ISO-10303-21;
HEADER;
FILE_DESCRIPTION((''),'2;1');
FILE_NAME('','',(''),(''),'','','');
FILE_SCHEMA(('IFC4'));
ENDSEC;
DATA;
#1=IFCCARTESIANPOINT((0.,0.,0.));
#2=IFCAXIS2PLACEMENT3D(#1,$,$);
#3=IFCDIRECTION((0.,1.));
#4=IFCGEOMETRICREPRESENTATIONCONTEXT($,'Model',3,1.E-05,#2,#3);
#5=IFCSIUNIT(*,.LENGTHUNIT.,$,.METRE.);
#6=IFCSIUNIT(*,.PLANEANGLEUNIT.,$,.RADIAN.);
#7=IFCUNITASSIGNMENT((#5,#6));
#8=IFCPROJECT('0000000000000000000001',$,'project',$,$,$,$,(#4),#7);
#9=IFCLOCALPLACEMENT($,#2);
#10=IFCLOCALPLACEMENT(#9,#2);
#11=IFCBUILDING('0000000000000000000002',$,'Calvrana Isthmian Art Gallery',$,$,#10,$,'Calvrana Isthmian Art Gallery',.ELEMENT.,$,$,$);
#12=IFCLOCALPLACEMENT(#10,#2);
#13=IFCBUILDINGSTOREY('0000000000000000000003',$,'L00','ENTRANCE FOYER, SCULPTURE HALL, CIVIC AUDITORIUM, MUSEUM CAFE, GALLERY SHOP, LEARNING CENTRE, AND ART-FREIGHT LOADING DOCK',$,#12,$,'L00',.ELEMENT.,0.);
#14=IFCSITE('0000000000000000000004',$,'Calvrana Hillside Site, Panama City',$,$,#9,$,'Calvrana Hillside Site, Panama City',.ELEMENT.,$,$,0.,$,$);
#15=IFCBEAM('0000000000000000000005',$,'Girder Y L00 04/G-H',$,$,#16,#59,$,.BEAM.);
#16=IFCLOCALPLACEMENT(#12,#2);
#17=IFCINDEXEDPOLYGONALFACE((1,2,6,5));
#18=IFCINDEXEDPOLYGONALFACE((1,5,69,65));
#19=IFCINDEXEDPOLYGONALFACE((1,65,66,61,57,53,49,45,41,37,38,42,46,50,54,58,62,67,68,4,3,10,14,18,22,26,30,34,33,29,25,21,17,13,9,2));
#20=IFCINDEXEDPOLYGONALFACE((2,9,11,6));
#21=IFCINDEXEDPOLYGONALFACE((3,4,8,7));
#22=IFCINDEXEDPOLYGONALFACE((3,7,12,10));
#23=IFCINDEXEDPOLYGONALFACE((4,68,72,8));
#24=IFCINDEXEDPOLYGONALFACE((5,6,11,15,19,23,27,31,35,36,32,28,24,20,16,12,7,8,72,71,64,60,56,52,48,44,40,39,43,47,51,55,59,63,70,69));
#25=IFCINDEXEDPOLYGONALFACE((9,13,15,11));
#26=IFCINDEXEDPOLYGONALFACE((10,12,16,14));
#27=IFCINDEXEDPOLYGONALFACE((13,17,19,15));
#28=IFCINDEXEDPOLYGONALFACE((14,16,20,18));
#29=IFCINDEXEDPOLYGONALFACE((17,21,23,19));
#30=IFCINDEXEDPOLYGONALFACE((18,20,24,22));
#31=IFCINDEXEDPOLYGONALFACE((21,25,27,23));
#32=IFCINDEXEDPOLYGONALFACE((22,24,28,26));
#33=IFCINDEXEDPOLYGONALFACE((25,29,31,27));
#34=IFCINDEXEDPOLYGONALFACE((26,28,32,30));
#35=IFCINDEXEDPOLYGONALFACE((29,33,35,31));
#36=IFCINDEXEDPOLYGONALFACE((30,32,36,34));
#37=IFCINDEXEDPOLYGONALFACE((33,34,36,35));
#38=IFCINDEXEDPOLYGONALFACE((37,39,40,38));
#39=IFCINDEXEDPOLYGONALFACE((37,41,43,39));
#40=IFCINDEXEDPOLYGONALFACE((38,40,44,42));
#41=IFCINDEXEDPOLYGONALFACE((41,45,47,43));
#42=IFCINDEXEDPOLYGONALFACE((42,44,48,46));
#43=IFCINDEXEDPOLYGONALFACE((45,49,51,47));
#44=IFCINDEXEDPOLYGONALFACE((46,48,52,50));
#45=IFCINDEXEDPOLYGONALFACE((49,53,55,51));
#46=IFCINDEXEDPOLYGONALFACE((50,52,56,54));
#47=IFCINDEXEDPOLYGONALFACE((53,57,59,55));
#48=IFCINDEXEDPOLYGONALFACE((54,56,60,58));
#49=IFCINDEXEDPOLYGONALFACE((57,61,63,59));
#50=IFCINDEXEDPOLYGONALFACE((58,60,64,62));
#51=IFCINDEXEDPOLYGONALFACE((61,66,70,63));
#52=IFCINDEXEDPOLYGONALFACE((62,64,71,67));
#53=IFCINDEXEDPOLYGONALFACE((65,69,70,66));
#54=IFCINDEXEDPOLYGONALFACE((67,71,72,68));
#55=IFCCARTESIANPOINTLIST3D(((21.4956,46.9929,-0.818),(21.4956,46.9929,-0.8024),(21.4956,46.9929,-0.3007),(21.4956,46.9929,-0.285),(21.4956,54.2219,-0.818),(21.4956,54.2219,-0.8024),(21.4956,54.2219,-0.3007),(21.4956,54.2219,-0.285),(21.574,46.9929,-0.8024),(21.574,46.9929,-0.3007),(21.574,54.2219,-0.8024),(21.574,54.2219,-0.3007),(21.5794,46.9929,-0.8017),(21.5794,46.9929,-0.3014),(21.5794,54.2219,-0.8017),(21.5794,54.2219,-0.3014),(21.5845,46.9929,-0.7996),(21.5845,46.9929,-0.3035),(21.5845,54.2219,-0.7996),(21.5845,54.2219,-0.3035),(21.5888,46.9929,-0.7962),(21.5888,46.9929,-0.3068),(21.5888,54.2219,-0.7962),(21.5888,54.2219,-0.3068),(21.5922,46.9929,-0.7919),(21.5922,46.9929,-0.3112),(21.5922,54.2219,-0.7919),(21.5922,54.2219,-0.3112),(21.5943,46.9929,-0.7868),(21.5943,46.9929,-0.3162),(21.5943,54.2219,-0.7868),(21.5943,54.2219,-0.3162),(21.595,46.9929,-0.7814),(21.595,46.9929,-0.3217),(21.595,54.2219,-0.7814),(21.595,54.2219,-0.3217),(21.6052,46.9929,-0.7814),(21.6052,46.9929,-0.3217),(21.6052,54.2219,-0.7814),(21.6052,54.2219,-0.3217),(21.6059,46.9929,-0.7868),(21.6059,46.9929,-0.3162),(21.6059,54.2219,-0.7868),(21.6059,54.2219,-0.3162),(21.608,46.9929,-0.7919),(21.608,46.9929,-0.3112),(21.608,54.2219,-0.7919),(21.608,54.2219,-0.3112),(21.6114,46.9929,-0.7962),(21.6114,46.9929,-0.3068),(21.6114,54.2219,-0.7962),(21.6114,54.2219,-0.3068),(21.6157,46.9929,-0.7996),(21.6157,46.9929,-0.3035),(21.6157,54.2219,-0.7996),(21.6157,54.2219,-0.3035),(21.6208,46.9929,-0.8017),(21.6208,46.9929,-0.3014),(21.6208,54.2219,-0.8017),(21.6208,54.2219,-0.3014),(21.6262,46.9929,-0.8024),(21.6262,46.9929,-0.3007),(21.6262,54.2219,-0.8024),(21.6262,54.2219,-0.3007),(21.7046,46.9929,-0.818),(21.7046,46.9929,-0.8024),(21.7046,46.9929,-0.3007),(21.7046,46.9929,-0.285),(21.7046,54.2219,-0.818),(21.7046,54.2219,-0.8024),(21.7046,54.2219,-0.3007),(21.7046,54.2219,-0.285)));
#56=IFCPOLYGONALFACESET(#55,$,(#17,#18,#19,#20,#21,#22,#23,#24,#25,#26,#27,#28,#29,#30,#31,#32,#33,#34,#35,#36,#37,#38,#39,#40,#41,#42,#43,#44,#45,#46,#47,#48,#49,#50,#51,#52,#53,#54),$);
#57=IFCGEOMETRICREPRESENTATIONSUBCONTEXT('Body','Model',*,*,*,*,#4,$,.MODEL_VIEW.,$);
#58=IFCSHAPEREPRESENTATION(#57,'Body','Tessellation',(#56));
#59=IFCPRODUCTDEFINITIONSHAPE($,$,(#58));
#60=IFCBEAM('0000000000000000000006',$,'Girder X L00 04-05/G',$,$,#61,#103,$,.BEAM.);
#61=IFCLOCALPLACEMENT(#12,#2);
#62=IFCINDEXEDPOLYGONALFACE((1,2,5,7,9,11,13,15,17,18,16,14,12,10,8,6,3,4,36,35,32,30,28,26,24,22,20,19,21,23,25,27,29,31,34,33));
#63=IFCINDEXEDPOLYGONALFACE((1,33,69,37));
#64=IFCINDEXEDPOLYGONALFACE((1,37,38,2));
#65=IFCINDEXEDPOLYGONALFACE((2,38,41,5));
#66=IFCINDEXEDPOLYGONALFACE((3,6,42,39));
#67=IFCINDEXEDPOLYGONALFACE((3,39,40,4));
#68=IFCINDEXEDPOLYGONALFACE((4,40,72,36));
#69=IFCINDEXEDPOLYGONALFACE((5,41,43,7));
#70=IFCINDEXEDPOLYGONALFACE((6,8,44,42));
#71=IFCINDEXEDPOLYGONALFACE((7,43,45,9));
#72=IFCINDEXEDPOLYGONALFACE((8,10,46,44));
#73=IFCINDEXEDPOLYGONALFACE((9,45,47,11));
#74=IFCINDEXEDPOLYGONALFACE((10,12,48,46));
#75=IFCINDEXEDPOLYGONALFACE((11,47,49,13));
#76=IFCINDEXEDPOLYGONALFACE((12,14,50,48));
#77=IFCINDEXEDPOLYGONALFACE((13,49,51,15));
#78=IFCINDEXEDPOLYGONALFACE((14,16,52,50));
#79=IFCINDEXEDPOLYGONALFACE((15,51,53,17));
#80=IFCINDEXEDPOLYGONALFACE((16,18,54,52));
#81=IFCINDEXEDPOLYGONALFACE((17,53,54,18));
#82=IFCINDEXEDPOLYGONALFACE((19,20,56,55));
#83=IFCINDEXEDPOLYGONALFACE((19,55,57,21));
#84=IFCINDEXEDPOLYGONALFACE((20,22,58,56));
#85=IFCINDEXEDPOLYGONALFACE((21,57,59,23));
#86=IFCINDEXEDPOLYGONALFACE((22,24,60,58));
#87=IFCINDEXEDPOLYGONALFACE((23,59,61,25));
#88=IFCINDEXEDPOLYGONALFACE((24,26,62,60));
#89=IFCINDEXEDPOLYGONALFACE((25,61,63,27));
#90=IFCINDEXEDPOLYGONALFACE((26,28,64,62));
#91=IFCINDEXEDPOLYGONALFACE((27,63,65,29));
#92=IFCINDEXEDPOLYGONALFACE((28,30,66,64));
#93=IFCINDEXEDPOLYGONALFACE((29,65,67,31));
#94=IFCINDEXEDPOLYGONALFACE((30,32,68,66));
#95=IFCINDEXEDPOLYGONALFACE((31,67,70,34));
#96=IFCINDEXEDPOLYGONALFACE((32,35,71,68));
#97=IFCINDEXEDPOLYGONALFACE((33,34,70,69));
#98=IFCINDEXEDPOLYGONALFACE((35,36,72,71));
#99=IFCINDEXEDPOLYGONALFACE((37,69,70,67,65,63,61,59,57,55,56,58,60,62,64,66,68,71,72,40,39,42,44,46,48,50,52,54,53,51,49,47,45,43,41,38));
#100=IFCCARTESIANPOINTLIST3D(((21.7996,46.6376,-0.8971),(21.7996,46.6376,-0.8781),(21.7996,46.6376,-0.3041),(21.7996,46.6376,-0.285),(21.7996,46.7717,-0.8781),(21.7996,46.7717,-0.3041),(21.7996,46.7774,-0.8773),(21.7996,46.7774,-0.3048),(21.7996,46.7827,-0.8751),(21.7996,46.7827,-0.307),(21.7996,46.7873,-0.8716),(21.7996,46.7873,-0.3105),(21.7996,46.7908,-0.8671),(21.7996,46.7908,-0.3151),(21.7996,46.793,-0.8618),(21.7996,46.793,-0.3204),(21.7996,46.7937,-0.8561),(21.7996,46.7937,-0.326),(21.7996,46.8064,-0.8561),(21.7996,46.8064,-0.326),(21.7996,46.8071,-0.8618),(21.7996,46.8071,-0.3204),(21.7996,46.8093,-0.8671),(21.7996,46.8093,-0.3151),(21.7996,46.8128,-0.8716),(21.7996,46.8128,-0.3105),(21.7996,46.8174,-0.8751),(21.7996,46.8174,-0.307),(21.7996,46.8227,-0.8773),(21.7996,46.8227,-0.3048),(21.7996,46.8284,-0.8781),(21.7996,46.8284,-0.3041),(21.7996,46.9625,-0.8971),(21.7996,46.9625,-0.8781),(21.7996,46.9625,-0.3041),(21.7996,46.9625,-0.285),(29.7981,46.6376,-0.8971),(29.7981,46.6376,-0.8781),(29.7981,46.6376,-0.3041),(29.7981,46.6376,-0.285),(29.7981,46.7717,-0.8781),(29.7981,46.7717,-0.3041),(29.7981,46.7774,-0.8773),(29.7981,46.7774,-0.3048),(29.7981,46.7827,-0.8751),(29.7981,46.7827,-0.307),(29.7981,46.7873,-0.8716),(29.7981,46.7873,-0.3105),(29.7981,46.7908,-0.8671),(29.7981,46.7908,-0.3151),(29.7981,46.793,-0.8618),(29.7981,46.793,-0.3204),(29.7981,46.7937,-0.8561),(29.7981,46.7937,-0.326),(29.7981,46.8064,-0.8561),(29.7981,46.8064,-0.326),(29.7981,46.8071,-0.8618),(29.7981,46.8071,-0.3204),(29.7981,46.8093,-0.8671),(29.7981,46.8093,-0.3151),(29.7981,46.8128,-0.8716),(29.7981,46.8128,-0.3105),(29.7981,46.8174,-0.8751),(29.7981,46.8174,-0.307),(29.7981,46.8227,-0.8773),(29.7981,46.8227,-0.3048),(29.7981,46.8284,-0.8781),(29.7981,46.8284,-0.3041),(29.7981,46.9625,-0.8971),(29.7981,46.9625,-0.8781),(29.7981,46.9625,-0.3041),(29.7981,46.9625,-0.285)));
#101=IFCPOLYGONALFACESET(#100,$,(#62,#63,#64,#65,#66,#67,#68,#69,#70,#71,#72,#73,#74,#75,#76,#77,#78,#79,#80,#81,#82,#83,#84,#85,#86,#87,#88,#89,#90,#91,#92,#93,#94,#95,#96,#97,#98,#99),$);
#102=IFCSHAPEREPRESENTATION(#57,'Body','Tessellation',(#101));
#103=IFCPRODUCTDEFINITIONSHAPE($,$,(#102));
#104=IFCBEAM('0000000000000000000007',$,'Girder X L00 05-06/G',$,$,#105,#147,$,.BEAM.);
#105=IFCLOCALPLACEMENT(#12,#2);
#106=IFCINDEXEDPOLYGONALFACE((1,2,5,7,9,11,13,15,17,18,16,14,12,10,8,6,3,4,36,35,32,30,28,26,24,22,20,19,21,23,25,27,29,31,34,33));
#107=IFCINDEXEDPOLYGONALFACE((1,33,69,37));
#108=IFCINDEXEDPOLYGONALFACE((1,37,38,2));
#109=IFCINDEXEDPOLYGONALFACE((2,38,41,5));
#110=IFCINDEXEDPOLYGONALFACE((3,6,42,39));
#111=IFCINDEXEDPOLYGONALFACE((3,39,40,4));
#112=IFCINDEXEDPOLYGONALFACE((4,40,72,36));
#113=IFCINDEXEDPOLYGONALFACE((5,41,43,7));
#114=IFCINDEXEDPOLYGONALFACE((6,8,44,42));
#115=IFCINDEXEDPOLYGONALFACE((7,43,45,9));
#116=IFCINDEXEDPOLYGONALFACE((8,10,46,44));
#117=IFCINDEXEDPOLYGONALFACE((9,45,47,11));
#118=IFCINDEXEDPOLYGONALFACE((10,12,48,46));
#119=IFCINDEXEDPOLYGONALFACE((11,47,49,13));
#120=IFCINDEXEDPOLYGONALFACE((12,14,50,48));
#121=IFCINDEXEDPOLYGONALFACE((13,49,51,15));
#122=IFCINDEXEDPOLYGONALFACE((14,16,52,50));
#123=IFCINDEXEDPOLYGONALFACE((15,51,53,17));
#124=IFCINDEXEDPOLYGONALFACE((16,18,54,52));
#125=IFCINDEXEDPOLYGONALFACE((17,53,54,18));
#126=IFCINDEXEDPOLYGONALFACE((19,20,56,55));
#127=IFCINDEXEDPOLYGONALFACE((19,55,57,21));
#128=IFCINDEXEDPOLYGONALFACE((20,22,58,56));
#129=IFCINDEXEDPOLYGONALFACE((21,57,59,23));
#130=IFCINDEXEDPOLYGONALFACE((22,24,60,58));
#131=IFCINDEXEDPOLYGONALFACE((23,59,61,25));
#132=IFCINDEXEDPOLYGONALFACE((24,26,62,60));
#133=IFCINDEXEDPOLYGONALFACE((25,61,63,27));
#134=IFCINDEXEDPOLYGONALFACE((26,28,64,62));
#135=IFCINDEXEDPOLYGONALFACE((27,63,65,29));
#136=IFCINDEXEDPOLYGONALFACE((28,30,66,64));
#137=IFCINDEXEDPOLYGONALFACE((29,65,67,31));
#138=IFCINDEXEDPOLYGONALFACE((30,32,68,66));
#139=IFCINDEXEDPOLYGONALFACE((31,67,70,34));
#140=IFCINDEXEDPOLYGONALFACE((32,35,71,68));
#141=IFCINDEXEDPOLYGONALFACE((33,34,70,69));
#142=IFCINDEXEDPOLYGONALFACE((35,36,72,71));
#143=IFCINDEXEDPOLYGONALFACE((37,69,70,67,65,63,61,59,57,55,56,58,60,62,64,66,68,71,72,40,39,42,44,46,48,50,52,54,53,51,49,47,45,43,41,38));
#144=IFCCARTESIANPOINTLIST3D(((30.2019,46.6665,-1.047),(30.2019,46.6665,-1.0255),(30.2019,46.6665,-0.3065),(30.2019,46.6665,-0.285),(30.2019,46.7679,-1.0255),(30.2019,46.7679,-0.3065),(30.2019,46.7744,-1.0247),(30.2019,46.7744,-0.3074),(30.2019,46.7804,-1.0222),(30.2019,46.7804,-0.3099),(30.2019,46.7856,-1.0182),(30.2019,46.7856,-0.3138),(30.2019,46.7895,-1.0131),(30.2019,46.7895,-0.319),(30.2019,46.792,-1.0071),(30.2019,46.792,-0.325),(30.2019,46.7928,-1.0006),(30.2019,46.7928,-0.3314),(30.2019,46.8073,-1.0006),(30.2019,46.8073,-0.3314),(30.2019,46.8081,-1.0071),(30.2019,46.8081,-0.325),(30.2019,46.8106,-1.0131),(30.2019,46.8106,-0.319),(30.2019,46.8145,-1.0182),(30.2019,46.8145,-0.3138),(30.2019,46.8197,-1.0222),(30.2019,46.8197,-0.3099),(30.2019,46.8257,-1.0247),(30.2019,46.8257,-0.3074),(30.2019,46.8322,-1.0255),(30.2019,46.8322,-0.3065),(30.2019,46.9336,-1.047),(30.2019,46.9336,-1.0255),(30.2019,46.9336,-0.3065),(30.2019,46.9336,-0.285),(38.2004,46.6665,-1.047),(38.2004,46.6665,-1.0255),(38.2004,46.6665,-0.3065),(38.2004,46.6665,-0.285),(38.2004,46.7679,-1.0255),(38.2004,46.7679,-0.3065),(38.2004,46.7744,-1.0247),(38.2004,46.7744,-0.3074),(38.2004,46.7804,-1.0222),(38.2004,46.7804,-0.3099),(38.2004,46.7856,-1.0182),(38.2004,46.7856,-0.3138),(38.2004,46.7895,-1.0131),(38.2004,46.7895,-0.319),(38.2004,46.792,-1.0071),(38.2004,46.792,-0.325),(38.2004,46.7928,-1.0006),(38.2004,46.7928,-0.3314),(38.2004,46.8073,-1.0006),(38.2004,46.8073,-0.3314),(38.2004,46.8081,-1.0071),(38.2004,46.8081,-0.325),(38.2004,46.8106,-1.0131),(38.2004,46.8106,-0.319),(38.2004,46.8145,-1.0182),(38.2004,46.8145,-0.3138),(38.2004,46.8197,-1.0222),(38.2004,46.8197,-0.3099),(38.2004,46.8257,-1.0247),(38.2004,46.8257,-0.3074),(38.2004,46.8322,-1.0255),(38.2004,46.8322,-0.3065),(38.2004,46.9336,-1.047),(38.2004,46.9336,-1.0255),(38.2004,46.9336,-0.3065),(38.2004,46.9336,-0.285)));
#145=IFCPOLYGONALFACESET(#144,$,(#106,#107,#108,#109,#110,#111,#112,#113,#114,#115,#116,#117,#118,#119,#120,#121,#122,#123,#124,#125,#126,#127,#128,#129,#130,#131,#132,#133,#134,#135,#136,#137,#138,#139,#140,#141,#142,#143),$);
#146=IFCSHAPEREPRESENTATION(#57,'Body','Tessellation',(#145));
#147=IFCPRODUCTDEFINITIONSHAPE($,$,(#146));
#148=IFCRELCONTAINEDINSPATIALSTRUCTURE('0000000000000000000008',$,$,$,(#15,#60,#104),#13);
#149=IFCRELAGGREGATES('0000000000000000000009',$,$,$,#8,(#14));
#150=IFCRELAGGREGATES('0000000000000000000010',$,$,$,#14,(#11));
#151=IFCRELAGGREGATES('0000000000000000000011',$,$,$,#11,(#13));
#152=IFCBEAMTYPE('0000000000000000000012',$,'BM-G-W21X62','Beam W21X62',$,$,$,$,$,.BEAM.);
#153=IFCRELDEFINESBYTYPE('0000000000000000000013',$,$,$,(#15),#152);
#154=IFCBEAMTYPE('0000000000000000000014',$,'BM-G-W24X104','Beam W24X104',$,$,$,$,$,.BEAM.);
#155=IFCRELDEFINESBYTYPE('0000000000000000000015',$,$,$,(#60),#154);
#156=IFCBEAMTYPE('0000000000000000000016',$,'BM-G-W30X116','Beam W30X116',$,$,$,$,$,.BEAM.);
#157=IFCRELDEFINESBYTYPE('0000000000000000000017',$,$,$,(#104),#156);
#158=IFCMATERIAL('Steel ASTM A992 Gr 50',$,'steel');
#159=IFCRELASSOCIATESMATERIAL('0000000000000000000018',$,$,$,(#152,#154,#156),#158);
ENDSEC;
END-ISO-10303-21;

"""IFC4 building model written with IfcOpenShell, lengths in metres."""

from ifc_helpers import new_model, si_unit, direction, frame, origin, origin_2d, place, context, subcontext, project, spatial, i_section, extrude, material, material_profile, profile_set, type_object, element, save


model = new_model("IFC4")

# Units and contexts
model_context = context("Model", 3, precision=1e-05, world=origin(), true_north=direction((0.0, 1.0)))
body_context = subcontext(model_context, "Body", "Model", "MODEL_VIEW")
ifc_project = project(units=[si_unit("LENGTHUNIT", "METRE"), si_unit("PLANEANGLEUNIT", "RADIAN")], contexts=[model_context])

# Site, building, storey
site_placement = place(None, origin())
site = spatial("IfcSite", under=ifc_project, at=site_placement, Name="Calvrana Hillside Site, Panama City", LongName="Calvrana Hillside Site, Panama City", CompositionType="ELEMENT", RefElevation=0.0)
building_placement = place(site_placement, origin())
building = spatial("IfcBuilding", under=site, at=building_placement, Name="Calvrana Isthmian Art Gallery", LongName="Calvrana Isthmian Art Gallery", CompositionType="ELEMENT")
storey_placement = place(building_placement, origin())
storey = spatial("IfcBuildingStorey", under=building, at=storey_placement, Name="L00", Description="ENTRANCE FOYER, SCULPTURE HALL, CIVIC AUDITORIUM, MUSEUM CAFE, GALLERY SHOP, LEARNING CENTRE, AND ART-FREIGHT LOADING DOCK", LongName="L00", CompositionType="ELEMENT", Elevation=0.0)

# Shared definitions
ifc_material_1 = material(Name="Steel ASTM A992 Gr 50", Category="steel")

# Beams
ifc_material_profile_1 = material_profile(ifc_material_1, i_section(OverallWidth=0.209, OverallDepth=0.533, WebThickness=0.0103, FlangeThickness=0.0156, FilletRadius=0.021, at=origin_2d()), Name="W21X62")
ifc_profile_set_1 = profile_set([ifc_material_profile_1], Name="Steel ASTM A992 Gr 50")
beam_type_1 = type_object("IfcBeamType", Name="BM-G-W21X62", Description="Beam W21X62", PredefinedType="BEAM", material=ifc_profile_set_1)
beam_1_placement = place(storey_placement, frame((21.6001, 46.9929, -0.5515), z_axis=(0.0, 1.0, 0.0), x_axis=(-1.0, 0.0, 0.0)))
element("IfcBeam", 1, at=beam_1_placement, inside=storey, type_object=beam_type_1, Name="Girder Y L00 04/G-H", PredefinedType="BEAM", context=body_context, shape_type="SweptSolid", body=[
    extrude(i_section(OverallWidth=0.209, OverallDepth=0.533, WebThickness=0.0103, FlangeThickness=0.0156, FilletRadius=0.021, at=origin_2d()), origin(), (0.0, 0.0, 1.0), 7.229),
])
ifc_material_profile_2 = material_profile(ifc_material_1, i_section(OverallWidth=0.325, OverallDepth=0.6121, WebThickness=0.0127, FlangeThickness=0.019, FilletRadius=0.022, at=origin_2d()), Name="W24X104")
ifc_profile_set_2 = profile_set([ifc_material_profile_2], Name="Steel ASTM A992 Gr 50")
beam_type_2 = type_object("IfcBeamType", Name="BM-G-W24X104", Description="Beam W24X104", PredefinedType="BEAM", material=ifc_profile_set_2)
beam_2_placement = place(storey_placement, frame((21.7996, 46.8, -0.5911), z_axis=(1.0, 0.0, 0.0), x_axis=(0.0, 1.0, 0.0)))
element("IfcBeam", 2, at=beam_2_placement, inside=storey, type_object=beam_type_2, Name="Girder X L00 04-05/G", PredefinedType="BEAM", context=body_context, shape_type="SweptSolid", body=[
    extrude(i_section(OverallWidth=0.325, OverallDepth=0.6121, WebThickness=0.0127, FlangeThickness=0.019, FilletRadius=0.022, at=origin_2d()), origin(), (0.0, 0.0, 1.0), 7.9985),
])
ifc_material_profile_3 = material_profile(ifc_material_1, i_section(OverallWidth=0.2671, OverallDepth=0.762, WebThickness=0.0144, FlangeThickness=0.0215, FilletRadius=0.0249, at=origin_2d()), Name="W30X116")
ifc_profile_set_3 = profile_set([ifc_material_profile_3], Name="Steel ASTM A992 Gr 50")
beam_type_3 = type_object("IfcBeamType", Name="BM-G-W30X116", Description="Beam W30X116", PredefinedType="BEAM", material=ifc_profile_set_3)
beam_3_placement = place(storey_placement, frame((30.2019, 46.8, -0.666), z_axis=(1.0, 0.0, 0.0), x_axis=(0.0, 1.0, 0.0)))
element("IfcBeam", 3, at=beam_3_placement, inside=storey, type_object=beam_type_3, Name="Girder X L00 05-06/G", PredefinedType="BEAM", context=body_context, shape_type="SweptSolid", body=[
    extrude(i_section(OverallWidth=0.2671, OverallDepth=0.762, WebThickness=0.0144, FlangeThickness=0.0215, FilletRadius=0.0249, at=origin_2d()), origin(), (0.0, 0.0, 1.0), 7.9985),
])

save(model, "model.ifc")
